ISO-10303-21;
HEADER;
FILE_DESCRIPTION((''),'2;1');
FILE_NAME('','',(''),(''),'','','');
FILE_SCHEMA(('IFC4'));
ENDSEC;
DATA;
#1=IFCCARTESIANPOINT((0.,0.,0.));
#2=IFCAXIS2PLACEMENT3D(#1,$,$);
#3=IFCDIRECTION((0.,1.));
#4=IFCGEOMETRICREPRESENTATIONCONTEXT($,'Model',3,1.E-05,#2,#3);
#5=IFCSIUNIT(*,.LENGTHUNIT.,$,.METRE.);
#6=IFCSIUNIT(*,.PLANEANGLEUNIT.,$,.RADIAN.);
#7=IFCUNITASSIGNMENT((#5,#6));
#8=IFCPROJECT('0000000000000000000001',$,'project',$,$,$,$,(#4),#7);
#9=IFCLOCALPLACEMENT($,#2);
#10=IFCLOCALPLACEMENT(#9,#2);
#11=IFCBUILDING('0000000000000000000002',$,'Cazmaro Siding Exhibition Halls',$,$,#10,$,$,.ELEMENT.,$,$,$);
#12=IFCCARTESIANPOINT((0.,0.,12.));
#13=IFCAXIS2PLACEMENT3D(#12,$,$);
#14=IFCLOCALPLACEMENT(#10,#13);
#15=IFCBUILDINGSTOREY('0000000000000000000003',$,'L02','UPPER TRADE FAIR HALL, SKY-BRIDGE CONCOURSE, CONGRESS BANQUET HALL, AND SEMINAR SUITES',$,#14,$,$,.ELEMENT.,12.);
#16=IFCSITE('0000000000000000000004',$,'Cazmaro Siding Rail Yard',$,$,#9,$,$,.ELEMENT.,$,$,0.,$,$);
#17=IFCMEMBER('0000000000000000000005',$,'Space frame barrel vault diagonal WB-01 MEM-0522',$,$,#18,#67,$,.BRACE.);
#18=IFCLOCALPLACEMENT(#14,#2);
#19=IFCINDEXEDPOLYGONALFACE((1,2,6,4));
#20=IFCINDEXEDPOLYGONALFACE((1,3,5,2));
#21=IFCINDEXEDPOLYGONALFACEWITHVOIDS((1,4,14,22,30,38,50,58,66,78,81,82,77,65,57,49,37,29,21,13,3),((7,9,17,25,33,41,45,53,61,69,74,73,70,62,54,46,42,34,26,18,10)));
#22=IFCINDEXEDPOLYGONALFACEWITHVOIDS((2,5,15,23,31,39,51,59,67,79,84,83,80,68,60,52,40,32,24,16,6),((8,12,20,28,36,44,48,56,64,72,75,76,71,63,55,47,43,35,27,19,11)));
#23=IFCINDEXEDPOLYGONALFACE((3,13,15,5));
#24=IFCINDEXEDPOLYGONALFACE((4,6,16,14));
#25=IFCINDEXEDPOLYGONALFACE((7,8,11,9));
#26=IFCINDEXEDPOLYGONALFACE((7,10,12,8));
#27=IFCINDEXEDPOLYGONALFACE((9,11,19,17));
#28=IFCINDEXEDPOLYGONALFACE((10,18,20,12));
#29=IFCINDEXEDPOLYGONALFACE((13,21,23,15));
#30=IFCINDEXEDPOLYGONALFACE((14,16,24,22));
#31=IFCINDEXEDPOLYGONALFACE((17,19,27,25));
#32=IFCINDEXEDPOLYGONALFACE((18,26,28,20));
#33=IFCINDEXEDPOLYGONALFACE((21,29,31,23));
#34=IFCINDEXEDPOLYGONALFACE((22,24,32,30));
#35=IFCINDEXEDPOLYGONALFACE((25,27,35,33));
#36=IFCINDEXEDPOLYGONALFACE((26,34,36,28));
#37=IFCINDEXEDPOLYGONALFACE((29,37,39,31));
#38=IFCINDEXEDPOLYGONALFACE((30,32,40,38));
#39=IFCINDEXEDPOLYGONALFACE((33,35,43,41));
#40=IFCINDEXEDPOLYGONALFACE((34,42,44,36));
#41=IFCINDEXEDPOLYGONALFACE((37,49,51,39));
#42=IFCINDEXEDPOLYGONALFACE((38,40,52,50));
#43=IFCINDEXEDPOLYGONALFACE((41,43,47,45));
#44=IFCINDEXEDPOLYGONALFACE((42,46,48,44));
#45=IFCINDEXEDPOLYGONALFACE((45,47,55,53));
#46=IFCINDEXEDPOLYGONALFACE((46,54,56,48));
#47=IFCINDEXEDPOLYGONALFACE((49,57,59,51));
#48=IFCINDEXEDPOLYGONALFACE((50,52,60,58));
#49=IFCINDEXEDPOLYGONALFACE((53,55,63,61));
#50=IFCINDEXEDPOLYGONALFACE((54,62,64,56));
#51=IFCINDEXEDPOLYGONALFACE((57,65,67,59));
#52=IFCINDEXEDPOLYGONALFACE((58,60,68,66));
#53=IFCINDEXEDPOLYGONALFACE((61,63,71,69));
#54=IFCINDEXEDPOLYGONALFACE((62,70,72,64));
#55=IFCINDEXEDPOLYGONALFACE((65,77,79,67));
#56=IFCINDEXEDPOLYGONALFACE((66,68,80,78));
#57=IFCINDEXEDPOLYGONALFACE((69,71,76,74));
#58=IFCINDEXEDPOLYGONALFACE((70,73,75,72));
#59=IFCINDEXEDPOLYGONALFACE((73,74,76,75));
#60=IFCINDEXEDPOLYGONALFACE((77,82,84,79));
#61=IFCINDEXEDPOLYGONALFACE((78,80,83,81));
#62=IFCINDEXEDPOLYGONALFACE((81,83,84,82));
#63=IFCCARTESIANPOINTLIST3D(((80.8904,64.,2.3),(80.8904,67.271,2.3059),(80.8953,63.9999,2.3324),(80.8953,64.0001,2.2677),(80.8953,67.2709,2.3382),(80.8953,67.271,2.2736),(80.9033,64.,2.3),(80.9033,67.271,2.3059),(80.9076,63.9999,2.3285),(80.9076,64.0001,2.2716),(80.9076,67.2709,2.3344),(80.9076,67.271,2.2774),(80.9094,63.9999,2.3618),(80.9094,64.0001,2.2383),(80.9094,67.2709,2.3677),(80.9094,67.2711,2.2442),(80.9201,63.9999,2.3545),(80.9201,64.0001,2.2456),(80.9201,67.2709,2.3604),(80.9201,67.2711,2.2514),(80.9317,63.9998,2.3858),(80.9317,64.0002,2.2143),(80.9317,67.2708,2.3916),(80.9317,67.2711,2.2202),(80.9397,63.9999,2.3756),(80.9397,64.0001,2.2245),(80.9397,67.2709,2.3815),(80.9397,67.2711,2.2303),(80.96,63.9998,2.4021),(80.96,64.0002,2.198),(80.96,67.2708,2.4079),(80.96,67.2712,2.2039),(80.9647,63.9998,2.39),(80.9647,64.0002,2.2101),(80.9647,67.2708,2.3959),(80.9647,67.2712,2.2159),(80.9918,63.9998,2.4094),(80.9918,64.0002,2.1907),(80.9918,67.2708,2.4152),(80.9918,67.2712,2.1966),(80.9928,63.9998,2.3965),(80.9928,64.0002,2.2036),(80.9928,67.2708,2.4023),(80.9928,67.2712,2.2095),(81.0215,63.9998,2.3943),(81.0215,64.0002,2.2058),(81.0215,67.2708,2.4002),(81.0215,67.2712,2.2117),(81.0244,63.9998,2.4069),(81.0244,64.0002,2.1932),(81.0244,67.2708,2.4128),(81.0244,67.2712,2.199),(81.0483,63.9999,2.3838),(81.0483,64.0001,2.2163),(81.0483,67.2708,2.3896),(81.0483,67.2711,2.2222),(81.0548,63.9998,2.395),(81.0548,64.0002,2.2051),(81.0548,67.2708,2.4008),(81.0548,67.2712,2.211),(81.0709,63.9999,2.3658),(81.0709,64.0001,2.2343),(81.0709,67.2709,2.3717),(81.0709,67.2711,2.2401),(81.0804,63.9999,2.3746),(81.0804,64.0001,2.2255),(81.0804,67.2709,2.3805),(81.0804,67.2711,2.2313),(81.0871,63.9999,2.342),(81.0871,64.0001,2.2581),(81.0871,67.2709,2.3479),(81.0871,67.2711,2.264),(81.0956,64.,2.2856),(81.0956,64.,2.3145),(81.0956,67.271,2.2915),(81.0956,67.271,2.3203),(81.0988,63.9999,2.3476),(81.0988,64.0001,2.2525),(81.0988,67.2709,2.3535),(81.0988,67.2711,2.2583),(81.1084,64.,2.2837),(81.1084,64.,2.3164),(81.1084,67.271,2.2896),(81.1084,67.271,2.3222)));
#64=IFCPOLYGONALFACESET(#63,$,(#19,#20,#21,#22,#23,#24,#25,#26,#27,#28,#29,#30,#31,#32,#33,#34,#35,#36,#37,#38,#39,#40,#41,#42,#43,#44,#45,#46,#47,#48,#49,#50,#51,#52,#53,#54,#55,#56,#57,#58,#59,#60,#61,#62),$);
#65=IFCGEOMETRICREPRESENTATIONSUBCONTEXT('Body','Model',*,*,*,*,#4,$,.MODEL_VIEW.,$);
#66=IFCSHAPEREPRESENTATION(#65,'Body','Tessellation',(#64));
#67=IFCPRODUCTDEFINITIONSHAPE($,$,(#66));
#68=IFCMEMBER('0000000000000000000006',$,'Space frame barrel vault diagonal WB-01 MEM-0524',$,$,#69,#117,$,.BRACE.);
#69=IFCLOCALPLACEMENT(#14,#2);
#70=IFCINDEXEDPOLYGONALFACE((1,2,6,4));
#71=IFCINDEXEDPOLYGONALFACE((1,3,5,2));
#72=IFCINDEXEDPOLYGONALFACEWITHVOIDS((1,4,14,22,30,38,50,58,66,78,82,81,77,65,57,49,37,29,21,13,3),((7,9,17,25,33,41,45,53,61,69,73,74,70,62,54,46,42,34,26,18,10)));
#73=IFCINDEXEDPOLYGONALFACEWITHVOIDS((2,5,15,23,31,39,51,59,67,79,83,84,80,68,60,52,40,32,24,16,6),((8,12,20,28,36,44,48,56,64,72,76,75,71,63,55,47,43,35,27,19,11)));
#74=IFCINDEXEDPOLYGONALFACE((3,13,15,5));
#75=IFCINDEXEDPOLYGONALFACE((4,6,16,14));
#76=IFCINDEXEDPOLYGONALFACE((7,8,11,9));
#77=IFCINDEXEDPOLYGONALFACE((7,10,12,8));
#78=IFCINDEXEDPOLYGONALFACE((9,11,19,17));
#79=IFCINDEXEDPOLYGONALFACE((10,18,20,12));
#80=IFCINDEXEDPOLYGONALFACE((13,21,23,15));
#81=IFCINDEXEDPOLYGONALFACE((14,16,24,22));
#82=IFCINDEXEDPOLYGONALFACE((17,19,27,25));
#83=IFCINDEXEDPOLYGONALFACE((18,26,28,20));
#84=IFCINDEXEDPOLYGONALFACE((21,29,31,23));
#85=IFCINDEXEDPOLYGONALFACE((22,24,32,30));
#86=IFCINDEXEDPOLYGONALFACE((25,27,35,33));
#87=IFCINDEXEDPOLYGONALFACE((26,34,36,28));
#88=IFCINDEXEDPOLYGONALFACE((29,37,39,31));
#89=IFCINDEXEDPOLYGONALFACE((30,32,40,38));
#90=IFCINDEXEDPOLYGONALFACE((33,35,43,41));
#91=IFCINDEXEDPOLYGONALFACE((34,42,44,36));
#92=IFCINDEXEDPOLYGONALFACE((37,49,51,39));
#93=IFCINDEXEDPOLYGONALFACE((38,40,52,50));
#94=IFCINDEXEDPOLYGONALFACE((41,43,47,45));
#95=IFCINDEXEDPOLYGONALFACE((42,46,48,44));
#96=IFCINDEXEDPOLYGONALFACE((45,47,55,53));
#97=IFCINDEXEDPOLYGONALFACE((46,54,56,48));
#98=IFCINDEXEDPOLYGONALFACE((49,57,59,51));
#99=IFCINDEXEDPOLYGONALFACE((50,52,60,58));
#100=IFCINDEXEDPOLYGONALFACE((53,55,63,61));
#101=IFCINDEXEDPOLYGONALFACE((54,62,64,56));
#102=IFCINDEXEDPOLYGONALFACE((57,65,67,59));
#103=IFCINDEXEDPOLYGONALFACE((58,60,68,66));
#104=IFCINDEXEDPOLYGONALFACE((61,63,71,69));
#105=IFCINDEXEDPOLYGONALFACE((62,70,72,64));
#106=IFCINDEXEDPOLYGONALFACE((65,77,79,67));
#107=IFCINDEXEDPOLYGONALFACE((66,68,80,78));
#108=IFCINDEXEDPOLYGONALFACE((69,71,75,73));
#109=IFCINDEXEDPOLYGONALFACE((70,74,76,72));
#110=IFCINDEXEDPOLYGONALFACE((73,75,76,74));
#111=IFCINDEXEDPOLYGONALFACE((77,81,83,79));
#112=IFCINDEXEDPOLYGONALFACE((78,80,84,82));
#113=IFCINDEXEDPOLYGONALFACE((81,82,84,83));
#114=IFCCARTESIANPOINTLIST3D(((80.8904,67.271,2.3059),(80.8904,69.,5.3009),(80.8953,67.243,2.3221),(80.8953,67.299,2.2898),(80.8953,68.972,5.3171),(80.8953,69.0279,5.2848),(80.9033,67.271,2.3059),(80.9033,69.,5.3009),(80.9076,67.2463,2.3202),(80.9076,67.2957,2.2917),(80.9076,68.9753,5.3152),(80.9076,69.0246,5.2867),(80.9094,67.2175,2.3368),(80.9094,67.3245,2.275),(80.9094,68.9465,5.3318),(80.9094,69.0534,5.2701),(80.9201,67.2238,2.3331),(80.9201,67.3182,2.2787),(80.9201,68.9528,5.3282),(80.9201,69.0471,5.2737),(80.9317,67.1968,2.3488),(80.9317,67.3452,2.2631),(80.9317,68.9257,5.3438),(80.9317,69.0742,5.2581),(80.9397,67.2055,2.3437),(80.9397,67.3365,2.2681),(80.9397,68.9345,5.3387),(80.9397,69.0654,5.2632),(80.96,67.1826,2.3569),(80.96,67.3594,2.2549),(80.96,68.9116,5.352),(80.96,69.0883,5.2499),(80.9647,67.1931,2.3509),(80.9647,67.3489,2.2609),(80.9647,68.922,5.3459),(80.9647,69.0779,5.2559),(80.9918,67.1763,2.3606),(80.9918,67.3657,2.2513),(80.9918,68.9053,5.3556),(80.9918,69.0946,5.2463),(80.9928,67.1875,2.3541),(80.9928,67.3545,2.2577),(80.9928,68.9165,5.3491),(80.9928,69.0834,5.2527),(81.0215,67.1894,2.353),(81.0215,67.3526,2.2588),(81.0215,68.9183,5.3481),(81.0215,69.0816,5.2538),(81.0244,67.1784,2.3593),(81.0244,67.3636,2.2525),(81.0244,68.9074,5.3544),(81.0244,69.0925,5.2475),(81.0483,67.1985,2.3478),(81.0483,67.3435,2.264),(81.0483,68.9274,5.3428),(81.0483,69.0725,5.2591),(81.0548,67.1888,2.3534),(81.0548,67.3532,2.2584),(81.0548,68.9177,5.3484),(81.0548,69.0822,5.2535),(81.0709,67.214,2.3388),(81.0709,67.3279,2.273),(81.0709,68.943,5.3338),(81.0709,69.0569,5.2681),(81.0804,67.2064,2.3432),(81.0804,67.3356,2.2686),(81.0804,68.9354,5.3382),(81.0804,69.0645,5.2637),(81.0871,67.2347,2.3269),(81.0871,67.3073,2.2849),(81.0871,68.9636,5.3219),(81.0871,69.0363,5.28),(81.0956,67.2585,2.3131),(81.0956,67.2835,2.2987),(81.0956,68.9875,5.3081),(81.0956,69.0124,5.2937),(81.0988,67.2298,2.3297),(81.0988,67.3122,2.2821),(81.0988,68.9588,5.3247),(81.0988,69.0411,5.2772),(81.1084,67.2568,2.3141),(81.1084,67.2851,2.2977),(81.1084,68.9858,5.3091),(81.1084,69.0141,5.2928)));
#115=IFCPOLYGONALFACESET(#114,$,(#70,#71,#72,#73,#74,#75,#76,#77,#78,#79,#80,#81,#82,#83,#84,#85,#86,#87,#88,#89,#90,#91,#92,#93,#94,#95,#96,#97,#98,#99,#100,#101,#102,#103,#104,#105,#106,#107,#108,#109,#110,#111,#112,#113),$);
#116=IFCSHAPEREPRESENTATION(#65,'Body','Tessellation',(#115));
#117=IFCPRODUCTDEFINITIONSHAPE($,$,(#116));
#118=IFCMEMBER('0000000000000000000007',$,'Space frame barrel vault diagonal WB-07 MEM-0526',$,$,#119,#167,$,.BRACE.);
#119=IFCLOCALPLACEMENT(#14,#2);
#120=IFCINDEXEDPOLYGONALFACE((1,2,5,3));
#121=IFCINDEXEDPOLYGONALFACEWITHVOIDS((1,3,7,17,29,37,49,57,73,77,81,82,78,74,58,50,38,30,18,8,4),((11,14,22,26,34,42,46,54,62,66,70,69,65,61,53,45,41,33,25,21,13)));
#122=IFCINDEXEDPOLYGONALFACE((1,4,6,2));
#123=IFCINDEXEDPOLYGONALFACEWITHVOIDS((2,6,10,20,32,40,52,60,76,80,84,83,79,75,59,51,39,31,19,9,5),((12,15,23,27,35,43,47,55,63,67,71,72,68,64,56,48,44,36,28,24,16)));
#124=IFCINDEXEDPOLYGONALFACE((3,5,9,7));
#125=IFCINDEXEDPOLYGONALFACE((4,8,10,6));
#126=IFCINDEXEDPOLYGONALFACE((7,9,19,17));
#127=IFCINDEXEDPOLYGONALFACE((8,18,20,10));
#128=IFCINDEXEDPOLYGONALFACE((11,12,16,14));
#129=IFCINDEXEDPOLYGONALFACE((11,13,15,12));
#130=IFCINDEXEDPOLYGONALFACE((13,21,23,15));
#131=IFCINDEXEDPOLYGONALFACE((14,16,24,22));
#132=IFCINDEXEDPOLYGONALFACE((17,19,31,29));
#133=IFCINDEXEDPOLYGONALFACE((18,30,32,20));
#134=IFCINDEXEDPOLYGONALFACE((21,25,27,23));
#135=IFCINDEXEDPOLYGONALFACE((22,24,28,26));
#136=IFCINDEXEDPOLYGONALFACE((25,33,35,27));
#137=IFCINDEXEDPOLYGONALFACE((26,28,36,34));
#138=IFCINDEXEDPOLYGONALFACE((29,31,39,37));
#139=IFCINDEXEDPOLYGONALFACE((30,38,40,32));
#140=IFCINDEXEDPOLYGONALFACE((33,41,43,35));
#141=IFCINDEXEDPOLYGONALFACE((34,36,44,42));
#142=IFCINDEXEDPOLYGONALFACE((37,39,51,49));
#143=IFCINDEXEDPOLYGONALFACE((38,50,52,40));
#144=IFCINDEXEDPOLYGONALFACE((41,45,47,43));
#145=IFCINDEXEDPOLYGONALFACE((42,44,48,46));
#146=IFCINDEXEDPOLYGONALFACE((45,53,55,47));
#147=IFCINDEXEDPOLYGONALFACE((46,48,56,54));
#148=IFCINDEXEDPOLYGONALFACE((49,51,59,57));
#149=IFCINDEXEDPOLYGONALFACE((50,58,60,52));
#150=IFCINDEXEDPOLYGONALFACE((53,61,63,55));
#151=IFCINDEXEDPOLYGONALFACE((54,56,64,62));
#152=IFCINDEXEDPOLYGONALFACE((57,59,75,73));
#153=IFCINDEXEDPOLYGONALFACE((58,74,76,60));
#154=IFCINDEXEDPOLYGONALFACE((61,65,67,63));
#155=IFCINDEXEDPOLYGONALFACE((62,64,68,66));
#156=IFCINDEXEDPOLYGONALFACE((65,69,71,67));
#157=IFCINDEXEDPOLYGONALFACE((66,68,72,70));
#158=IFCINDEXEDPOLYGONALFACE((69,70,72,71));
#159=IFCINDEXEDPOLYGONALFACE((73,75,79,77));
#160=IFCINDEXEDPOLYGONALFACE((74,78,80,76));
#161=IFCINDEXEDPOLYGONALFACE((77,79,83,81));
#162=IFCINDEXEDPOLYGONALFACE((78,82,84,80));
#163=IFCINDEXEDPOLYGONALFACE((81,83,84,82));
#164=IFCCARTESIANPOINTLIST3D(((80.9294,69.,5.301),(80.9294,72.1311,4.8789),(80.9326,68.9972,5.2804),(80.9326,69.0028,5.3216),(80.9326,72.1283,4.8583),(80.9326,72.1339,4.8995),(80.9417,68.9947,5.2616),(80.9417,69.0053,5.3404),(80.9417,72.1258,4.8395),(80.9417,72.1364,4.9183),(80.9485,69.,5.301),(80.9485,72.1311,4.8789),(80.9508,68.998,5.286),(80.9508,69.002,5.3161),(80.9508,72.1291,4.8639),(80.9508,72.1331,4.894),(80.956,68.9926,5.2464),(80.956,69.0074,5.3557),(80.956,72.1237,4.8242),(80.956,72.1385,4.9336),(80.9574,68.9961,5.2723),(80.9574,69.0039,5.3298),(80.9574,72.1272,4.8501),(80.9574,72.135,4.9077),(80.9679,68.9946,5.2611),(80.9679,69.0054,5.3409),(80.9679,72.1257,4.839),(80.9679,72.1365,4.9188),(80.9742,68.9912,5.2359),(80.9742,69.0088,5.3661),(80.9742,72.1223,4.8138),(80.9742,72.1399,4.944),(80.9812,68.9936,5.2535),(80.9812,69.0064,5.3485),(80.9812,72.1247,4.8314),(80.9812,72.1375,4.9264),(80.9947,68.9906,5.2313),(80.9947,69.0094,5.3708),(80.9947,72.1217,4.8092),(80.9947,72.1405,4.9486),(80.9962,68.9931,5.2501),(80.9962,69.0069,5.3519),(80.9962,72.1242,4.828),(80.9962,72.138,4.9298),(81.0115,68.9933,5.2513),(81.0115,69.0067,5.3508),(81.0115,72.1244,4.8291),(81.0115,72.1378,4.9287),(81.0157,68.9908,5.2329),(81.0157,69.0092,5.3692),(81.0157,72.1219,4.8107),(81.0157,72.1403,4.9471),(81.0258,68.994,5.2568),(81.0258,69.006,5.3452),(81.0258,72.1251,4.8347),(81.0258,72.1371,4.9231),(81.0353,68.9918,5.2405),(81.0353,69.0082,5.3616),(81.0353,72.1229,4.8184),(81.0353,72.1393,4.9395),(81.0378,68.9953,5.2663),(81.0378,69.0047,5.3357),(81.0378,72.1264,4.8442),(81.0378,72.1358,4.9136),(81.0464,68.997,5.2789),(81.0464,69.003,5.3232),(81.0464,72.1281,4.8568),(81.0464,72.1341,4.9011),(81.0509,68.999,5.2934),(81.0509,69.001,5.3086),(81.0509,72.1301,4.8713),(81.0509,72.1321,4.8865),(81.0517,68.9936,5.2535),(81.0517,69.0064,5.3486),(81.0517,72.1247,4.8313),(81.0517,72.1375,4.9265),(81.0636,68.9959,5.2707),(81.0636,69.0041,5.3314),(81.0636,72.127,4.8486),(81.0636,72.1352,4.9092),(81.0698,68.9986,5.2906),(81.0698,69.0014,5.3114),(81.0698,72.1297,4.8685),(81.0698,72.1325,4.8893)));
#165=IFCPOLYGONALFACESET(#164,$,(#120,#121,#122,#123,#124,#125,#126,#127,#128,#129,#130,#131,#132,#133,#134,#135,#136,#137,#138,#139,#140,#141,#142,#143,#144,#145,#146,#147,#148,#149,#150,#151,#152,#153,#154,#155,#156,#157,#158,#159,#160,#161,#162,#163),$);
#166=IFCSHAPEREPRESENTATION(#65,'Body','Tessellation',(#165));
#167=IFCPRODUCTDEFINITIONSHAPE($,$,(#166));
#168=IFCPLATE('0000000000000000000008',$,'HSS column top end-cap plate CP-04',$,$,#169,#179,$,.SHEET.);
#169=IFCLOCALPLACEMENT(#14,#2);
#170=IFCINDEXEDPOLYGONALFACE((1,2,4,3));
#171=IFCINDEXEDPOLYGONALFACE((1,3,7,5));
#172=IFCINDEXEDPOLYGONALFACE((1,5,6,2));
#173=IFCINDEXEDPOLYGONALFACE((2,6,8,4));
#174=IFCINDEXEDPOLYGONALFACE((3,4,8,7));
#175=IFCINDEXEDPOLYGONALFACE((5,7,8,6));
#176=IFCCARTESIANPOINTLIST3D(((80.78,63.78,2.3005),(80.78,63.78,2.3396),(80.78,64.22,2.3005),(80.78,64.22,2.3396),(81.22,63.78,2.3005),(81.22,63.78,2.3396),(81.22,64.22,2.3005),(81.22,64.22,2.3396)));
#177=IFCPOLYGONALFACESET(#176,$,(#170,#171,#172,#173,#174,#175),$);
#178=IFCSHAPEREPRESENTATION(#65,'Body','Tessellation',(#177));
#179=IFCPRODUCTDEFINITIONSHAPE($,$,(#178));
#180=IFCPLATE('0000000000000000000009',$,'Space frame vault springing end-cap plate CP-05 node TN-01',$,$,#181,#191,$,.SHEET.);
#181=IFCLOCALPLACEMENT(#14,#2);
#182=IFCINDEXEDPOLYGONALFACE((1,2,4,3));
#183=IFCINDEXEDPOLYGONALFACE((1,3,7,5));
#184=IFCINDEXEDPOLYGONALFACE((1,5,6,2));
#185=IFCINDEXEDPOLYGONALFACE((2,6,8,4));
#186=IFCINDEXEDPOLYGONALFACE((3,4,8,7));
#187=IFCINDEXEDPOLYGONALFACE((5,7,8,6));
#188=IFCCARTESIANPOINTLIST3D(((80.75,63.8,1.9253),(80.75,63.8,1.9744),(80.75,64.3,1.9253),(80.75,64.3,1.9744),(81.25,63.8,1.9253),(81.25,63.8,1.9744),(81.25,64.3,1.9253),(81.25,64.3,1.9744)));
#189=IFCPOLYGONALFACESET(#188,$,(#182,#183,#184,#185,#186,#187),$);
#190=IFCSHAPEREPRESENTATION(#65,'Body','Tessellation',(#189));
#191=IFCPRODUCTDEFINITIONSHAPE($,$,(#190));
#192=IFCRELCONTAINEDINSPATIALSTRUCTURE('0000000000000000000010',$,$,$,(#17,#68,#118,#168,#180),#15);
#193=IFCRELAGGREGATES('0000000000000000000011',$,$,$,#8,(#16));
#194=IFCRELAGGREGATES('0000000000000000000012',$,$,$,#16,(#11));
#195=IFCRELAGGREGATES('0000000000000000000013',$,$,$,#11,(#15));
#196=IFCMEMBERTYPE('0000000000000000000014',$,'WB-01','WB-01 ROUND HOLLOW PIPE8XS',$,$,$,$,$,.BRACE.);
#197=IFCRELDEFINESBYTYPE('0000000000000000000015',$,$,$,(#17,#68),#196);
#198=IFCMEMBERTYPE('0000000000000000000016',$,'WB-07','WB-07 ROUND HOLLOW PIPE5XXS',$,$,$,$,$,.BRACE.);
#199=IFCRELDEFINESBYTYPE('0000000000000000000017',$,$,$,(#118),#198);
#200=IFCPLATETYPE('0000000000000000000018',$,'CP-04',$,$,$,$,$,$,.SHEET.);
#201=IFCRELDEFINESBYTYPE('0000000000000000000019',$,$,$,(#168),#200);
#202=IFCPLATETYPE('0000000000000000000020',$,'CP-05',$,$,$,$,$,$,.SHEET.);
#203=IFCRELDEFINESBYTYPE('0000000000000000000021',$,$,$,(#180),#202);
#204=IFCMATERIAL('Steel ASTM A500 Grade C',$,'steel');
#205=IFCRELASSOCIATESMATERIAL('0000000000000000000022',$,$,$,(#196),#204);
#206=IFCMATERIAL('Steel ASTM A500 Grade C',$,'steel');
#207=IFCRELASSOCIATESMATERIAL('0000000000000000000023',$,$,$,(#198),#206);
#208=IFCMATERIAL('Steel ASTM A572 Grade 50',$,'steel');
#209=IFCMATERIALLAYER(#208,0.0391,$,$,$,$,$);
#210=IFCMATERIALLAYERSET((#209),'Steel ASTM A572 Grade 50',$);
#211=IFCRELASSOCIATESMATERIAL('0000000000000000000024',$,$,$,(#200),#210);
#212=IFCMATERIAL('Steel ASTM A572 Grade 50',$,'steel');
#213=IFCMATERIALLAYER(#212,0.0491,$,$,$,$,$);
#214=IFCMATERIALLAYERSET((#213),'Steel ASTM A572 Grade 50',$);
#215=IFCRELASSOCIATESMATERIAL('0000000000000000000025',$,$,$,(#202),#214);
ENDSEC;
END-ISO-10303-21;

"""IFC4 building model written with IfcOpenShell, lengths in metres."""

from ifc_helpers import new_model, si_unit, direction, frame, origin, origin_2d, place, context, subcontext, project, spatial, rectangle, hollow_circle, extrude, material, layer, layer_set, material_profile, profile_set, type_object, element, save


model = new_model("IFC4")

# Units and contexts
model_context = context("Model", 3, precision=1e-05, world=origin(), true_north=direction((0.0, 1.0)))
body_context = subcontext(model_context, "Body", "Model", "MODEL_VIEW")
ifc_project = project(units=[si_unit("LENGTHUNIT", "METRE"), si_unit("PLANEANGLEUNIT", "RADIAN")], contexts=[model_context])

# Site, building, storey
site_placement = place(None, origin())
site = spatial("IfcSite", under=ifc_project, at=site_placement, Name="Cazmaro Siding Rail Yard", CompositionType="ELEMENT", RefElevation=0.0)
building_placement = place(site_placement, origin())
building = spatial("IfcBuilding", under=site, at=building_placement, Name="Cazmaro Siding Exhibition Halls", CompositionType="ELEMENT")
storey_placement = place(building_placement, frame((0.0, 0.0, 12.0)))
storey = spatial("IfcBuildingStorey", under=building, at=storey_placement, Name="L02", Description="UPPER TRADE FAIR HALL, SKY-BRIDGE CONCOURSE, CONGRESS BANQUET HALL, AND SEMINAR SUITES", CompositionType="ELEMENT", Elevation=12.0)

# Members
ifc_material_1 = material(Name="Steel ASTM A500 Grade C", Category="steel")
ifc_material_profile_1 = material_profile(ifc_material_1, hollow_circle(Radius=0.1096, WallThickness=0.0129, at=origin_2d()), Name="PIPE8XS")
ifc_profile_set_1 = profile_set([ifc_material_profile_1], Name="Steel ASTM A500 Grade C")
member_type_1 = type_object("IfcMemberType", Name="WB-01", Description="WB-01 ROUND HOLLOW PIPE8XS", PredefinedType="BRACE", material=ifc_profile_set_1)
member_1_placement = place(storey_placement, frame((81.0, 64.0, 2.3), z_axis=(0.0, 0.999998, 0.001791), x_axis=(-1.0, 0.0, 0.0)))
element("IfcMember", 1, at=member_1_placement, inside=storey, type_object=member_type_1, Name="Space frame barrel vault diagonal WB-01 MEM-0522", PredefinedType="BRACE", context=body_context, shape_type="SweptSolid", body=[
    extrude(hollow_circle(Radius=0.1096, WallThickness=0.0129, at=origin_2d()), origin(), (0.0, 0.0, 1.0), 3.271),
])
member_2_placement = place(storey_placement, frame((81.0, 67.271, 2.3059), z_axis=(0.0, 0.499951, 0.866054), x_axis=(-1.0, 0.0, 0.0)))
element("IfcMember", 2, at=member_2_placement, inside=storey, type_object=member_type_1, Name="Space frame barrel vault diagonal WB-01 MEM-0524", PredefinedType="BRACE", context=body_context, shape_type="SweptSolid", body=[
    extrude(hollow_circle(Radius=0.1096, WallThickness=0.0129, at=origin_2d()), origin(), (0.0, 0.0, 1.0), 3.4583),
])
ifc_material_2 = material(Name="Steel ASTM A500 Grade C", Category="steel")
ifc_material_profile_2 = material_profile(ifc_material_2, hollow_circle(Radius=0.0706, WallThickness=0.019, at=origin_2d()), Name="PIPE5XXS")
ifc_profile_set_2 = profile_set([ifc_material_profile_2], Name="Steel ASTM A500 Grade C")
member_type_2 = type_object("IfcMemberType", Name="WB-07", Description="WB-07 ROUND HOLLOW PIPE5XXS", PredefinedType="BRACE", material=ifc_profile_set_2)
member_3_placement = place(storey_placement, frame((81.0, 69.0, 5.301), z_axis=(0.0, 0.991035, -0.133606), x_axis=(-1.0, 0.0, 0.0)))
element("IfcMember", 3, at=member_3_placement, inside=storey, type_object=member_type_2, Name="Space frame barrel vault diagonal WB-07 MEM-0526", PredefinedType="BRACE", context=body_context, shape_type="SweptSolid", body=[
    extrude(hollow_circle(Radius=0.0706, WallThickness=0.019, at=origin_2d()), origin(), (0.0, 0.0, 1.0), 3.1594),
])

# Plates
ifc_material_3 = material(Name="Steel ASTM A572 Grade 50", Category="steel")
ifc_layer_1 = layer(ifc_material_3, 0.0391)
ifc_layer_set_1 = layer_set([ifc_layer_1], Name="Steel ASTM A572 Grade 50")
plate_type_1 = type_object("IfcPlateType", Name="CP-04", PredefinedType="SHEET", material=ifc_layer_set_1)
plate_1_placement = place(storey_placement, frame((81.0, 64.0, 2.3005), z_axis=(0.0, 0.0, 1.0), x_axis=(1.0, 0.0, 0.0)))
element("IfcPlate", 4, at=plate_1_placement, inside=storey, type_object=plate_type_1, Name="HSS column top end-cap plate CP-04", PredefinedType="SHEET", context=body_context, shape_type="SweptSolid", body=[
    extrude(rectangle(XDim=0.4399, YDim=0.4399, at=origin_2d()), origin(), (0.0, 0.0, 1.0), 0.0391),
])
ifc_material_4 = material(Name="Steel ASTM A572 Grade 50", Category="steel")
ifc_layer_2 = layer(ifc_material_4, 0.0491)
ifc_layer_set_2 = layer_set([ifc_layer_2], Name="Steel ASTM A572 Grade 50")
plate_type_2 = type_object("IfcPlateType", Name="CP-05", PredefinedType="SHEET", material=ifc_layer_set_2)
plate_2_placement = place(storey_placement, frame((81.0, 64.05, 1.9253), z_axis=(0.0, 0.0, 1.0), x_axis=(1.0, 0.0, 0.0)))
element("IfcPlate", 5, at=plate_2_placement, inside=storey, type_object=plate_type_2, Name="Space frame vault springing end-cap plate CP-05 node TN-01", PredefinedType="SHEET", context=body_context, shape_type="SweptSolid", body=[
    extrude(rectangle(XDim=0.5, YDim=0.5, at=origin_2d()), origin(), (0.0, 0.0, 1.0), 0.0491),
])

save(model, "model.ifc")
